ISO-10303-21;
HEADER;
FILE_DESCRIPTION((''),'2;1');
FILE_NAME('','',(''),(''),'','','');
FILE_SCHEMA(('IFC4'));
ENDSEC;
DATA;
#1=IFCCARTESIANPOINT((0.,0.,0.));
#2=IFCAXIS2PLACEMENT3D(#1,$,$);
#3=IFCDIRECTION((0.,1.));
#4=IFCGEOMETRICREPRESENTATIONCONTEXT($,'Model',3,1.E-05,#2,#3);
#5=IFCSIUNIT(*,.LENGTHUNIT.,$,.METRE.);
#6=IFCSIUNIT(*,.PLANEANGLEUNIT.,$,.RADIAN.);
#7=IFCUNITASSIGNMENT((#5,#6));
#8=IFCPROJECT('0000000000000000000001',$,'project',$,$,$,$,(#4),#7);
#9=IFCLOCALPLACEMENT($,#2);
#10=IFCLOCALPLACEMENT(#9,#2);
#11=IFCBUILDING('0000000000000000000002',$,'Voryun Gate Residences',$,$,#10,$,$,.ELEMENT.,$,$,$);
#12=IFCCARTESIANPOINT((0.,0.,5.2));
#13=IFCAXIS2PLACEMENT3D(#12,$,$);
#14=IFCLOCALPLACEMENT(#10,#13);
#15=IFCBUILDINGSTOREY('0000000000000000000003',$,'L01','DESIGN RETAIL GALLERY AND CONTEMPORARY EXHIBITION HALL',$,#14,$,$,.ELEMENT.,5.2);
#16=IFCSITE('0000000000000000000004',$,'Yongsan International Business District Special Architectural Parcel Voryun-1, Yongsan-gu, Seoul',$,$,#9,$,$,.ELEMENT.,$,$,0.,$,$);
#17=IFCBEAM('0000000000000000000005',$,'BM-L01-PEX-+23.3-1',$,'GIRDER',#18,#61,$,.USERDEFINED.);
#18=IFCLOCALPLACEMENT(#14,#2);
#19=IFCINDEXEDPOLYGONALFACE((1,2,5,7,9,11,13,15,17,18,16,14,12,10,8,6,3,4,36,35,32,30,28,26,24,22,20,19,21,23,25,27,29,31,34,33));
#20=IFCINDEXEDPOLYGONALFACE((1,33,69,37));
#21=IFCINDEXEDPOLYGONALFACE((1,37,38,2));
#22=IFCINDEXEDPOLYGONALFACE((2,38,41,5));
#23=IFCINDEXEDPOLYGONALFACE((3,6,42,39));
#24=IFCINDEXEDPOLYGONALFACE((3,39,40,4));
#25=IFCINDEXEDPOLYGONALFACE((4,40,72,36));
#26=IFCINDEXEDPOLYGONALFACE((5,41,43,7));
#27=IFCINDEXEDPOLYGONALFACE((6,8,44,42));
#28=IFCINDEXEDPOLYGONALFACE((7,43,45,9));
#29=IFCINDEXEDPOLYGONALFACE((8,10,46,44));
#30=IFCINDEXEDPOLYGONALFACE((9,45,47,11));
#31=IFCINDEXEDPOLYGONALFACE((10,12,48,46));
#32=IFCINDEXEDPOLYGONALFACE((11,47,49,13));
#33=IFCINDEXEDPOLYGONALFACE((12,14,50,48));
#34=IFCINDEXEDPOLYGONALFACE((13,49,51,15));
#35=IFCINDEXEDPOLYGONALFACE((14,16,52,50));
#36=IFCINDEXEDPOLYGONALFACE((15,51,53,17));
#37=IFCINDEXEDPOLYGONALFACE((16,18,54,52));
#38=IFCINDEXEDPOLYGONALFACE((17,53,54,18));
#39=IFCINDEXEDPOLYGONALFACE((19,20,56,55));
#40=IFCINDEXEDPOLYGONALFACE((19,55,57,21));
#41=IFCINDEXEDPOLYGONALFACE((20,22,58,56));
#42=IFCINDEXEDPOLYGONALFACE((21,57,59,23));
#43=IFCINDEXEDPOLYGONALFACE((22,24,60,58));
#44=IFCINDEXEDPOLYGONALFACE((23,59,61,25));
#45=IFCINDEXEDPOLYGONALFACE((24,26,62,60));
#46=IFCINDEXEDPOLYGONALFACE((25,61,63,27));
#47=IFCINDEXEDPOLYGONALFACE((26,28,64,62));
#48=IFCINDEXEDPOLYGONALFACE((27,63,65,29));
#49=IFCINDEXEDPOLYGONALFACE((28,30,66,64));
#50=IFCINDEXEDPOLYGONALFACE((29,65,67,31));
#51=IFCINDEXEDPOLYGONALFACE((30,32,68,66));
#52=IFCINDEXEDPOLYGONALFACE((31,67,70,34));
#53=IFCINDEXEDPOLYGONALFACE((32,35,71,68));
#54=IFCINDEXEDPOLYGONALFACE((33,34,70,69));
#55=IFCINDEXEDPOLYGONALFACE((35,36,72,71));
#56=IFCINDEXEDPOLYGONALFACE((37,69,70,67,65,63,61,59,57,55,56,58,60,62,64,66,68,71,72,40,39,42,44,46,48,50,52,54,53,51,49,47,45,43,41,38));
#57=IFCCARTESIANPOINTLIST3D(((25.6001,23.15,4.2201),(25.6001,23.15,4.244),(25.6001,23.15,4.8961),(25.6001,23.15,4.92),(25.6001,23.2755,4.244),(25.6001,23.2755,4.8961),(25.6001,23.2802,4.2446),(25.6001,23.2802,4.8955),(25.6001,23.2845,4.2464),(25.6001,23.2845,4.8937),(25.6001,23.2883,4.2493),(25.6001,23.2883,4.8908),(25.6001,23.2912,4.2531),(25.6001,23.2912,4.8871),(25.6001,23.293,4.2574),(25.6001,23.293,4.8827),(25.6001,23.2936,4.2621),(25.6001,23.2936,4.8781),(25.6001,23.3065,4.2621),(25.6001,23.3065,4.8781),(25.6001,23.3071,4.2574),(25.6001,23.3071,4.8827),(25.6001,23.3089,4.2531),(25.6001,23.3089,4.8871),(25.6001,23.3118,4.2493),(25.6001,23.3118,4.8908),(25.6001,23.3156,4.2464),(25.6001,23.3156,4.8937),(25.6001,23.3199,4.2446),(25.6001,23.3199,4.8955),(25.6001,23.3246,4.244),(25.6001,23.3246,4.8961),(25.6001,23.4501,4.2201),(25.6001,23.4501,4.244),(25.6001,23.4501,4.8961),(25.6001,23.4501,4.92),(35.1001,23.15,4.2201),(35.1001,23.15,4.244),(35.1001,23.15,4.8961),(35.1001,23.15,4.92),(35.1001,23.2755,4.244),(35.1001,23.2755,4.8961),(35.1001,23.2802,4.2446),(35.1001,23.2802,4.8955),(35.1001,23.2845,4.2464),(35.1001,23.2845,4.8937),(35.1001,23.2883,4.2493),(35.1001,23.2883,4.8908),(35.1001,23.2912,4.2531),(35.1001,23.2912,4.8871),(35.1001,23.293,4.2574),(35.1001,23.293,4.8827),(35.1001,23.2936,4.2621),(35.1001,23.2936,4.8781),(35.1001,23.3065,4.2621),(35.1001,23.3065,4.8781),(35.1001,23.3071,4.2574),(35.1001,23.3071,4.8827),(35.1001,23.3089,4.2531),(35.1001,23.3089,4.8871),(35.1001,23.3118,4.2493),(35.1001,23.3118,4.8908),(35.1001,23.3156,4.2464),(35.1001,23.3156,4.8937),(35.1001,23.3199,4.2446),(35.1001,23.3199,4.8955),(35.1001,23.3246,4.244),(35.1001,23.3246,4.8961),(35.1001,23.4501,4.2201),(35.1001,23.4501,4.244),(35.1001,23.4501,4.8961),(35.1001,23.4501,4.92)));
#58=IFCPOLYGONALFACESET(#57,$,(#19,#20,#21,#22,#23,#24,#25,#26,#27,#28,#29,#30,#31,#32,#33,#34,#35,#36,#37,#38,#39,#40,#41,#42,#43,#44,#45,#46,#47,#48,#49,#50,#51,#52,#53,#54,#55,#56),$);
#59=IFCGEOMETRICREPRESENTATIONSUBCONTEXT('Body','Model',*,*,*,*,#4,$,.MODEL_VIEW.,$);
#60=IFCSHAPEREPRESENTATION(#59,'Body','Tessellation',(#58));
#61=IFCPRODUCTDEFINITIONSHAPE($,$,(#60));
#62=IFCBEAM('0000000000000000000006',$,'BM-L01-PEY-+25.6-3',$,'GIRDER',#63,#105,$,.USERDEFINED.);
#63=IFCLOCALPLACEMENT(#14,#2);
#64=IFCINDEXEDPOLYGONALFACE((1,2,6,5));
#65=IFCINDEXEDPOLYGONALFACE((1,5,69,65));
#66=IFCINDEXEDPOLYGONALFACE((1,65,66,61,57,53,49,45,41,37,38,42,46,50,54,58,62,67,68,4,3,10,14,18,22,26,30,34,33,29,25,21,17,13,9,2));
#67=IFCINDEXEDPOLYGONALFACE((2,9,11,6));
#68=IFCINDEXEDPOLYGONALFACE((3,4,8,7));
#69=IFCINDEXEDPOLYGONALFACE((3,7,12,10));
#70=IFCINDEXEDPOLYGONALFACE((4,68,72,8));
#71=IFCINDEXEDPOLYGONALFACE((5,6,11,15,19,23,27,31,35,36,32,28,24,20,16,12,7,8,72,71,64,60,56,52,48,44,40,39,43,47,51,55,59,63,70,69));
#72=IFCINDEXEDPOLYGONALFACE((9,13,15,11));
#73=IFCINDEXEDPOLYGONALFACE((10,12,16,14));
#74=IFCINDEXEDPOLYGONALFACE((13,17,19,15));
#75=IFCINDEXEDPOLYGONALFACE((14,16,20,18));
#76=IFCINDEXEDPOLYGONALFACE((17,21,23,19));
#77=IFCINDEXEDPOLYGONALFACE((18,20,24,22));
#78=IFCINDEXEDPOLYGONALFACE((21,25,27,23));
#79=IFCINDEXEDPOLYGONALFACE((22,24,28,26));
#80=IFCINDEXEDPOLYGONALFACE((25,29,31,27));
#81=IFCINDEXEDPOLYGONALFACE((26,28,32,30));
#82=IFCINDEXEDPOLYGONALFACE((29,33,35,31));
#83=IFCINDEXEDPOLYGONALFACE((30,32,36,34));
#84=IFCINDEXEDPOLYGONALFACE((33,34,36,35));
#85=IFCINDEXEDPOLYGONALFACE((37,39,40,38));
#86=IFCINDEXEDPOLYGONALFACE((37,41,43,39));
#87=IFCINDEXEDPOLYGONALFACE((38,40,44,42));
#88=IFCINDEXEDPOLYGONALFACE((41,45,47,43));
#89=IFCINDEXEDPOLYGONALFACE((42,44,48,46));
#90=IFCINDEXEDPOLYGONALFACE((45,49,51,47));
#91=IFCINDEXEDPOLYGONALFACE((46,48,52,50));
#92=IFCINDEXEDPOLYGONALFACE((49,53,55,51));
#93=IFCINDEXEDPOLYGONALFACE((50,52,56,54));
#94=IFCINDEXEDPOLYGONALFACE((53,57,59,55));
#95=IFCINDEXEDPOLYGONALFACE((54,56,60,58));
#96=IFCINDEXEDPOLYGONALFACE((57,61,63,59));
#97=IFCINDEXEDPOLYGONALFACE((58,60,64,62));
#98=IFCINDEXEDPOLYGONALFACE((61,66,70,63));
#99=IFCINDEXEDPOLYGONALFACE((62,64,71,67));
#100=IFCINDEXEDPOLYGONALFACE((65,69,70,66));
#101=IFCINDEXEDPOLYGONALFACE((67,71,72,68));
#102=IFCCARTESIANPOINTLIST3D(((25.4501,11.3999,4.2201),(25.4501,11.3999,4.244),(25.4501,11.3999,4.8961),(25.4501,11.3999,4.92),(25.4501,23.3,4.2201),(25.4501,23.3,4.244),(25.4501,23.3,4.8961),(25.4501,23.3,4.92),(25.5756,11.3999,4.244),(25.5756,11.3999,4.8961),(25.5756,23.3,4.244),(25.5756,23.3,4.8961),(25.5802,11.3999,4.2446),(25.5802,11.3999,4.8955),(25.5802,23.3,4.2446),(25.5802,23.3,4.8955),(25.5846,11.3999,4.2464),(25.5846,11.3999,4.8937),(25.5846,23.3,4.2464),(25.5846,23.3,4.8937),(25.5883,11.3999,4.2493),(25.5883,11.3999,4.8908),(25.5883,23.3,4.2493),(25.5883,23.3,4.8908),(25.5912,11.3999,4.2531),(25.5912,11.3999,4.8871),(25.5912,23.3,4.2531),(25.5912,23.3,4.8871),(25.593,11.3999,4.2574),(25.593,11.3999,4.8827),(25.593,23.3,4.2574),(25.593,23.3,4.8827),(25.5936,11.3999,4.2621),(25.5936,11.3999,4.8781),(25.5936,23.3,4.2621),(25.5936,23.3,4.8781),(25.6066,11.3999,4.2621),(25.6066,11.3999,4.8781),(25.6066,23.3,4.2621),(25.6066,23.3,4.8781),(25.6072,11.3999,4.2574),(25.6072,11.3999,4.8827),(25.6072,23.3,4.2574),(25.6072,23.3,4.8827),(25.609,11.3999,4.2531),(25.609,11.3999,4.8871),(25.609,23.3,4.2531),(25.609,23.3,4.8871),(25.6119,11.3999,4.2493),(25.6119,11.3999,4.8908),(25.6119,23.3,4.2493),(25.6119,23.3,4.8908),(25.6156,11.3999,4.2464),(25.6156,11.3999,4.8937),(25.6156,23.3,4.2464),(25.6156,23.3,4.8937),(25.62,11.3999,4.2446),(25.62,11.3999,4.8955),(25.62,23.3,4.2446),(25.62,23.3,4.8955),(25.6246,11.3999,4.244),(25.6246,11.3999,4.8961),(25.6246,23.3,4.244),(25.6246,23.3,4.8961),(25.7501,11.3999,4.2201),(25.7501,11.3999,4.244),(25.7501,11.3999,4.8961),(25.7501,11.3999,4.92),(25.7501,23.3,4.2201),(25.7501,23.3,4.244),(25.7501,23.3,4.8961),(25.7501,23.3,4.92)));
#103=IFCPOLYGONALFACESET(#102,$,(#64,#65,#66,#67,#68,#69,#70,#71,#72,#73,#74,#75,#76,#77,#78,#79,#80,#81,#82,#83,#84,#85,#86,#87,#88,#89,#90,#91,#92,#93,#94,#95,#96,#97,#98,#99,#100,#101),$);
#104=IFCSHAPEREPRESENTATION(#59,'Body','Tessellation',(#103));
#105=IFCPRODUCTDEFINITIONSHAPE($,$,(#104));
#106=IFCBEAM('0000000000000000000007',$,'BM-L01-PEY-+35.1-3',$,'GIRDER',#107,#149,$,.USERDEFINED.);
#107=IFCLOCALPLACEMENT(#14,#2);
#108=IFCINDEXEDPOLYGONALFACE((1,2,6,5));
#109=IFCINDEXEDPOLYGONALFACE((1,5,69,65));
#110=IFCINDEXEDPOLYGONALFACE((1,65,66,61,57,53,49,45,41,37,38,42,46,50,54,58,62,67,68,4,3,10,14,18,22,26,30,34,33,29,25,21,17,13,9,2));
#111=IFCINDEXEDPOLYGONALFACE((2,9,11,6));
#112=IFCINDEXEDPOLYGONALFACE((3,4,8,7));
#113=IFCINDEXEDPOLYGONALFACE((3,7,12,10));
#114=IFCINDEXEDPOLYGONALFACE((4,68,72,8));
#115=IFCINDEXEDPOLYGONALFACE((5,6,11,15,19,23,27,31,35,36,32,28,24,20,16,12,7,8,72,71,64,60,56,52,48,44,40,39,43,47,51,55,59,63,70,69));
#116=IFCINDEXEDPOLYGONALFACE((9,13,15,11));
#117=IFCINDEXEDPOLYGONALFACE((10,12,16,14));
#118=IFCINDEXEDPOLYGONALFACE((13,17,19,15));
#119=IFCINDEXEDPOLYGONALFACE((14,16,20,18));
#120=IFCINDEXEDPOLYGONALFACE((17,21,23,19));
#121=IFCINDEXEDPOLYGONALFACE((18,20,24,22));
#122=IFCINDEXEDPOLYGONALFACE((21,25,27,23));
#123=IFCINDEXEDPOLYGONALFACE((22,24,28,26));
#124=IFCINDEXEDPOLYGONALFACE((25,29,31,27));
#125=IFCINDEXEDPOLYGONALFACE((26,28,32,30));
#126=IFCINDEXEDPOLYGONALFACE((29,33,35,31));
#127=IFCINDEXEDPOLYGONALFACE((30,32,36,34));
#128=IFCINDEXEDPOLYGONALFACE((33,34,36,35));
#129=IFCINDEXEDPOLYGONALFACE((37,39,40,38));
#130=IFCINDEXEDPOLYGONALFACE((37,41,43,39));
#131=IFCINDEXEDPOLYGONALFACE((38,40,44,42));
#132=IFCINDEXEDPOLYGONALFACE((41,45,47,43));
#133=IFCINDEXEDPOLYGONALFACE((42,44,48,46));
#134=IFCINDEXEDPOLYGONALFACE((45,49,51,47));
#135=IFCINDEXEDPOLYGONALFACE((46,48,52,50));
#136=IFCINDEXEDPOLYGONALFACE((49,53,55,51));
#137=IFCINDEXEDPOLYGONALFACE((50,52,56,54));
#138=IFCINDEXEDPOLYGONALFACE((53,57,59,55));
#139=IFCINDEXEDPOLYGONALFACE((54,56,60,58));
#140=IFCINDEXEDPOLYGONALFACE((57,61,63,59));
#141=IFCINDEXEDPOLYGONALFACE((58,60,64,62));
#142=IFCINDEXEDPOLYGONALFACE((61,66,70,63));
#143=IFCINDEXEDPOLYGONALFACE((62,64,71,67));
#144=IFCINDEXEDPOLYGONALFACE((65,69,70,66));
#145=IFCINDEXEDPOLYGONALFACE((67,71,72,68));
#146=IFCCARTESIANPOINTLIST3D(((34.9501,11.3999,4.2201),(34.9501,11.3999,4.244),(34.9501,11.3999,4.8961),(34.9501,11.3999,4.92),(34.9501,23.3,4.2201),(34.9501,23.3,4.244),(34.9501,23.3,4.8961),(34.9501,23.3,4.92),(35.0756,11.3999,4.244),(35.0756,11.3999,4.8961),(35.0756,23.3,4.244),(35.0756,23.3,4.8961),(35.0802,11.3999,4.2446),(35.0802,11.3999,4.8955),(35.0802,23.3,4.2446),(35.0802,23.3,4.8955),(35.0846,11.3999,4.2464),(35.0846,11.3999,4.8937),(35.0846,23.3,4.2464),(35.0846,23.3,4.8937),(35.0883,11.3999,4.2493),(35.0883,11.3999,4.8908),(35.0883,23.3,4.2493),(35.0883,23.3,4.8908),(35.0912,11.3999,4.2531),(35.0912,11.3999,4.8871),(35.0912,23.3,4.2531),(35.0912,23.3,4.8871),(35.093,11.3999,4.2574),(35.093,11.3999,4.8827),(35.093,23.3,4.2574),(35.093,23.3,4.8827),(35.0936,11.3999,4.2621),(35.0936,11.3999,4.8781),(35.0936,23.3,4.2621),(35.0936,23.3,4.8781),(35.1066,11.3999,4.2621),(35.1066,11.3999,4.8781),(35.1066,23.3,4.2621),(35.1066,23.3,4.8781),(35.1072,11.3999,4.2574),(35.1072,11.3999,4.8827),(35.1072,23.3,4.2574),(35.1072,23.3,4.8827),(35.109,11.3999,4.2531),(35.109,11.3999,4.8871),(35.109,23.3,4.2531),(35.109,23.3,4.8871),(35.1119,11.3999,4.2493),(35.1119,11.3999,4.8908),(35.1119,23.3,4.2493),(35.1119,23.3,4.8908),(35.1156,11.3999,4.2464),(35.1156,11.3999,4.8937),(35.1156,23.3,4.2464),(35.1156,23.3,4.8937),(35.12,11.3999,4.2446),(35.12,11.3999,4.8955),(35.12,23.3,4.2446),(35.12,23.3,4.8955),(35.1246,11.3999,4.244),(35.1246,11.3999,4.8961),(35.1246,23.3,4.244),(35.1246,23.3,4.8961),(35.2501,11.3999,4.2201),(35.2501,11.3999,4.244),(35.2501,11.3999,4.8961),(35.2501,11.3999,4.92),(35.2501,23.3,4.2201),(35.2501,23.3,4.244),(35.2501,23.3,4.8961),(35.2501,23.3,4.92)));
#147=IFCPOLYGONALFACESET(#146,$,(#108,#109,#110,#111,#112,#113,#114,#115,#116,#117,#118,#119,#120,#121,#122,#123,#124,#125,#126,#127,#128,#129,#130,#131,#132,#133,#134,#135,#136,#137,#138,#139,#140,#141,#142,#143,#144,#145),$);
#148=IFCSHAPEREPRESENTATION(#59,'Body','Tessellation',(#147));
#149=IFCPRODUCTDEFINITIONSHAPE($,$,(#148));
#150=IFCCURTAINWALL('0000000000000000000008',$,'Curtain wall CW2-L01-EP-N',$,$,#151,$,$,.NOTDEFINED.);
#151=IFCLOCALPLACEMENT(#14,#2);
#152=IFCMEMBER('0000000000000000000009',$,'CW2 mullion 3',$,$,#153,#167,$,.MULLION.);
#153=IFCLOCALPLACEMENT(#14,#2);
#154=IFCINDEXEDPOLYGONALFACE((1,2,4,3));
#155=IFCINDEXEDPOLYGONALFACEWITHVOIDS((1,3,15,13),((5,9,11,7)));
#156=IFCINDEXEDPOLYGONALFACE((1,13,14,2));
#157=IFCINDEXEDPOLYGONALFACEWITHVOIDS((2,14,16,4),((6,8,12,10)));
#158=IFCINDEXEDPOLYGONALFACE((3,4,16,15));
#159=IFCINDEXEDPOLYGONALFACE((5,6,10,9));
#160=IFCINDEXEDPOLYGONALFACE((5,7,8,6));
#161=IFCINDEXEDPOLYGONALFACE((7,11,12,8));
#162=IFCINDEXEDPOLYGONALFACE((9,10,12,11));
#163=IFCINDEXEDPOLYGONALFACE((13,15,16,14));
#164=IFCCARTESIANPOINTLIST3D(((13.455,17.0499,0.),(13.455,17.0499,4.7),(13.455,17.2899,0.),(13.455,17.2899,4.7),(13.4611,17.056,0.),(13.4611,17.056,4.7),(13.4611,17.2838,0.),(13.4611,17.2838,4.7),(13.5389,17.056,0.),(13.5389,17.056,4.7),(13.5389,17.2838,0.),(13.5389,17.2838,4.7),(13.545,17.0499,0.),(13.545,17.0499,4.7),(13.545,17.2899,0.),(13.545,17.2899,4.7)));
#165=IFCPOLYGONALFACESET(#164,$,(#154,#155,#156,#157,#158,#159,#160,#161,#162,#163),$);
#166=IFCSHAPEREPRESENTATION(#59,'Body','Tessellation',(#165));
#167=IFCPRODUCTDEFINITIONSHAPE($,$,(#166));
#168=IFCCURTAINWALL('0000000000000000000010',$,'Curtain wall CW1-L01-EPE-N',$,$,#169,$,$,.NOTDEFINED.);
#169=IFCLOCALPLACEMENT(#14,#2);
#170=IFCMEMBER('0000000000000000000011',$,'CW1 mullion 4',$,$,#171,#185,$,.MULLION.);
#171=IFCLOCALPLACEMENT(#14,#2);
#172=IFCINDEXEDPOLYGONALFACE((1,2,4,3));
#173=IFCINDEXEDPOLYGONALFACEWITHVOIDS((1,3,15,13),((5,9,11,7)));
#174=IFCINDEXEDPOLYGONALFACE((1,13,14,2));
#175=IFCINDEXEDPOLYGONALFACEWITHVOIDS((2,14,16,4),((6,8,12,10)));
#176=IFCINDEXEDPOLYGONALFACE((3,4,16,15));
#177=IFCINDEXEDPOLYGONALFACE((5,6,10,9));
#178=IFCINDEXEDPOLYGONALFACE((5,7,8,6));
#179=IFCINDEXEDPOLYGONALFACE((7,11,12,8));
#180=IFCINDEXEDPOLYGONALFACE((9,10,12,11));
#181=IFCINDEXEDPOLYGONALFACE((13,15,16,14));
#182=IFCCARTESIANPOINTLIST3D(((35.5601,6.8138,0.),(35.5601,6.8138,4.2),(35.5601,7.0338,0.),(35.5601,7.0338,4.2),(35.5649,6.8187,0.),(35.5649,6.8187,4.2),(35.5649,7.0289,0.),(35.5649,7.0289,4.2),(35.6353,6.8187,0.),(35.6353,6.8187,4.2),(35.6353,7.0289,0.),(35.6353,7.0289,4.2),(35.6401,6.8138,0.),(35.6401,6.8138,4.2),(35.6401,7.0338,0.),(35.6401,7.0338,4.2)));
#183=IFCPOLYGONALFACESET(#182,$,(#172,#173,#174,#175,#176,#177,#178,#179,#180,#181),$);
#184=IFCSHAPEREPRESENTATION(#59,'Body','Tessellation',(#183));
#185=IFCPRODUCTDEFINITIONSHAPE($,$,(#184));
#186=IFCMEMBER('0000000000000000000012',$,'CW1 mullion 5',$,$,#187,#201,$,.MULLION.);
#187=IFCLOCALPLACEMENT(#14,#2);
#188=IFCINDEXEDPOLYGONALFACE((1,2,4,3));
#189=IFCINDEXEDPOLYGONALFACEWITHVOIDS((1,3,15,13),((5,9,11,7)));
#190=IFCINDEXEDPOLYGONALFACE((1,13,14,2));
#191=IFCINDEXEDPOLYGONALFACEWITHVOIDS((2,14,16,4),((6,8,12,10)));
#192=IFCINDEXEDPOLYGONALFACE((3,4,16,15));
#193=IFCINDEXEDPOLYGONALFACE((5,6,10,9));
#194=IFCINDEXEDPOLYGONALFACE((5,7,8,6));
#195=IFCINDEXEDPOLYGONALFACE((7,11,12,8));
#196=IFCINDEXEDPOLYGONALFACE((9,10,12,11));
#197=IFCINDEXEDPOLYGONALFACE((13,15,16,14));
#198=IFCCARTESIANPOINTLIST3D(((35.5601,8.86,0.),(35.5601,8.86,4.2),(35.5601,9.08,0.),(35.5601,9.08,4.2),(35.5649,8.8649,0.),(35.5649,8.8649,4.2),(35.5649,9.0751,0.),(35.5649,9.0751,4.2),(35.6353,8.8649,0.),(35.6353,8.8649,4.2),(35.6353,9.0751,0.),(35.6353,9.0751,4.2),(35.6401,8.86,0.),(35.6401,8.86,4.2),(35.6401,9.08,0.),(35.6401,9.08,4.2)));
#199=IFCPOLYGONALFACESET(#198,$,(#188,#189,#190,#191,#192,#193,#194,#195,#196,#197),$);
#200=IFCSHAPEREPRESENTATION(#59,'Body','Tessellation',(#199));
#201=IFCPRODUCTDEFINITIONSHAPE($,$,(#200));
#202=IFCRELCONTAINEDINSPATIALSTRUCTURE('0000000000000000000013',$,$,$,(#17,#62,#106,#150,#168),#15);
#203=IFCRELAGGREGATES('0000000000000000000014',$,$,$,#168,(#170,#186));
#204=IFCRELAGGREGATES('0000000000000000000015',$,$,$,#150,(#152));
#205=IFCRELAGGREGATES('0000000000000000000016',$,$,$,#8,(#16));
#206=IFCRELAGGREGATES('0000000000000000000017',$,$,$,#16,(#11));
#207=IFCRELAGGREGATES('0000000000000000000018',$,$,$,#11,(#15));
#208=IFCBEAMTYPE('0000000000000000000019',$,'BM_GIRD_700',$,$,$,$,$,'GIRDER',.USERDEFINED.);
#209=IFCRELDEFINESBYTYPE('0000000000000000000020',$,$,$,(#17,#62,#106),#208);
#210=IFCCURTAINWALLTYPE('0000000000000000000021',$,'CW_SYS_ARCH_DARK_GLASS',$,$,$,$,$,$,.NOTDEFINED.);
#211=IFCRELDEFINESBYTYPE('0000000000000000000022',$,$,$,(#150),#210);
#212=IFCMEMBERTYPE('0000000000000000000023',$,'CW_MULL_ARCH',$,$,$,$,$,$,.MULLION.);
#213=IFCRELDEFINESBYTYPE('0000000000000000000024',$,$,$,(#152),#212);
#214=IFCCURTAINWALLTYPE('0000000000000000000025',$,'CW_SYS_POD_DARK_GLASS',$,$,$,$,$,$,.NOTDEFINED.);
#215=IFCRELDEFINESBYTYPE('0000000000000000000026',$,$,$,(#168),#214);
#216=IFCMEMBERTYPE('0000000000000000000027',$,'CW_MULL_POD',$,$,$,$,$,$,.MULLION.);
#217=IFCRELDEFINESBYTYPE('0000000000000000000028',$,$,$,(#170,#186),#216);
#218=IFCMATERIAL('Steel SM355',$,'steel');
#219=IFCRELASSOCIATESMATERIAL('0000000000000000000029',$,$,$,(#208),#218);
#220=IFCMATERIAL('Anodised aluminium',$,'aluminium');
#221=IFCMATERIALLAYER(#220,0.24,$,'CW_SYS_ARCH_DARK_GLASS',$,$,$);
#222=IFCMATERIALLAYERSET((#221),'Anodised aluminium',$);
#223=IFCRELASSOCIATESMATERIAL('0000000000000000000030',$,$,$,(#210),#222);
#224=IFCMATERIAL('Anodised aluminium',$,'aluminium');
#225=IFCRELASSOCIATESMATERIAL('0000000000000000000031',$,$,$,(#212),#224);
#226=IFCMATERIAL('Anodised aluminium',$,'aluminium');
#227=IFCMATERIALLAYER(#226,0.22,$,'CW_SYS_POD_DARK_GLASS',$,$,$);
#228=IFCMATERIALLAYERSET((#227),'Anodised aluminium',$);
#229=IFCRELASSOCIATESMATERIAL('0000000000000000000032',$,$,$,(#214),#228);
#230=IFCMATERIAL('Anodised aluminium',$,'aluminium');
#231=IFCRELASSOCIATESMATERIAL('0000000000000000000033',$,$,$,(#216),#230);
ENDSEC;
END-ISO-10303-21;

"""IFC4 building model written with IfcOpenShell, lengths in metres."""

from ifc_helpers import new_model, si_unit, direction, frame, origin, origin_2d, place, context, subcontext, project, spatial, hollow_rectangle, i_section, extrude, material, layer, layer_set, material_profile, profile_set, type_object, element, aggregate, save


model = new_model("IFC4")

# Units and contexts
model_context = context("Model", 3, precision=1e-05, world=origin(), true_north=direction((0.0, 1.0)))
body_context = subcontext(model_context, "Body", "Model", "MODEL_VIEW")
ifc_project = project(units=[si_unit("LENGTHUNIT", "METRE"), si_unit("PLANEANGLEUNIT", "RADIAN")], contexts=[model_context])

# Site, building, storey
site_placement = place(None, origin())
site = spatial("IfcSite", under=ifc_project, at=site_placement, Name="Yongsan International Business District Special Architectural Parcel Voryun-1, Yongsan-gu, Seoul", CompositionType="ELEMENT", RefElevation=0.0)
building_placement = place(site_placement, origin())
building = spatial("IfcBuilding", under=site, at=building_placement, Name="Voryun Gate Residences", CompositionType="ELEMENT")
storey_placement = place(building_placement, frame((0.0, 0.0, 5.2)))
storey = spatial("IfcBuildingStorey", under=building, at=storey_placement, Name="L01", Description="DESIGN RETAIL GALLERY AND CONTEMPORARY EXHIBITION HALL", CompositionType="ELEMENT", Elevation=5.2)

# Beams
ifc_material_1 = material(Name="Steel SM355", Category="steel")
ifc_material_profile_1 = material_profile(ifc_material_1, i_section(OverallWidth=0.3, OverallDepth=0.7, WebThickness=0.0129, FlangeThickness=0.0239, FilletRadius=0.0181, at=origin_2d()), Name="H-700x300x13x24")
ifc_profile_set_1 = profile_set([ifc_material_profile_1], Name="Steel SM355")
beam_type = type_object("IfcBeamType", Name="BM_GIRD_700", ElementType="GIRDER", PredefinedType="USERDEFINED", material=ifc_profile_set_1)
beam_1_placement = place(storey_placement, frame((25.6001, 23.3, 4.5701), z_axis=(1.0, 0.0, 0.0), x_axis=(0.0, 1.0, 0.0)))
element("IfcBeam", 1, at=beam_1_placement, inside=storey, type_object=beam_type, Name="BM-L01-PEX-+23.3-1", ObjectType="GIRDER", PredefinedType="USERDEFINED", context=body_context, shape_type="SweptSolid", body=[
    extrude(i_section(OverallWidth=0.3, OverallDepth=0.7, WebThickness=0.0129, FlangeThickness=0.0239, FilletRadius=0.0181, at=origin_2d()), origin(), (0.0, 0.0, 1.0), 9.5),
])
for number, where, z_axis, x_axis, name in (
    (2, (25.6001, 11.3999, 4.5701), (0.0, 1.0, 0.0), (-1.0, 0.0, 0.0), "BM-L01-PEY-+25.6-3"),
    (3, (35.1001, 11.3999, 4.5701), (0.0, 1.0, 0.0), (-1.0, 0.0, 0.0), "BM-L01-PEY-+35.1-3"),
):
    element("IfcBeam", number, at=place(storey_placement, frame(where, z_axis=z_axis, x_axis=x_axis)), inside=storey, type_object=beam_type, Name=name, ObjectType="GIRDER", PredefinedType="USERDEFINED", context=body_context, shape_type="SweptSolid", body=[
        extrude(i_section(OverallWidth=0.3, OverallDepth=0.7, WebThickness=0.0129, FlangeThickness=0.0239, FilletRadius=0.0181, at=origin_2d()), origin(), (0.0, 0.0, 1.0), 11.9001),
    ])

# Curtain wall, member
ifc_material_2 = material(Name="Anodised aluminium", Category="aluminium")
ifc_layer_1 = layer(ifc_material_2, 0.24, Name="CW_SYS_ARCH_DARK_GLASS")
ifc_layer_set_1 = layer_set([ifc_layer_1], Name="Anodised aluminium")
curtain_wall_type_1 = type_object("IfcCurtainWallType", Name="CW_SYS_ARCH_DARK_GLASS", PredefinedType="NOTDEFINED", material=ifc_layer_set_1)
curtain_wall_1_placement = place(storey_placement, origin())
curtain_wall_1 = element("IfcCurtainWall", 4, at=curtain_wall_1_placement, inside=storey, type_object=curtain_wall_type_1, Name="Curtain wall CW2-L01-EP-N", PredefinedType="NOTDEFINED")
ifc_material_3 = material(Name="Anodised aluminium", Category="aluminium")
ifc_material_profile_2 = material_profile(ifc_material_3, hollow_rectangle(XDim=0.0901, YDim=0.24, WallThickness=0.0061, at=origin_2d()), Name="ALU-MULL-240x90x6")
ifc_profile_set_2 = profile_set([ifc_material_profile_2], Name="Anodised aluminium")
member_type_1 = type_object("IfcMemberType", Name="CW_MULL_ARCH", PredefinedType="MULLION", material=ifc_profile_set_2)
member_1_placement = place(storey_placement, frame((13.5, 17.1699, 0.0), z_axis=(0.0, 0.0, 1.0), x_axis=(-1.0, 0.0, 0.0)))
member_1 = element("IfcMember", 5, at=member_1_placement, type_object=member_type_1, Name="CW2 mullion 3", PredefinedType="MULLION", context=body_context, shape_type="SweptSolid", body=[
    extrude(hollow_rectangle(XDim=0.0901, YDim=0.24, WallThickness=0.0061, at=origin_2d()), origin(), (0.0, 0.0, 1.0), 4.7),
])

# Curtain wall, members
ifc_material_4 = material(Name="Anodised aluminium", Category="aluminium")
ifc_layer_2 = layer(ifc_material_4, 0.22, Name="CW_SYS_POD_DARK_GLASS")
ifc_layer_set_2 = layer_set([ifc_layer_2], Name="Anodised aluminium")
curtain_wall_type_2 = type_object("IfcCurtainWallType", Name="CW_SYS_POD_DARK_GLASS", PredefinedType="NOTDEFINED", material=ifc_layer_set_2)
curtain_wall_2_placement = place(storey_placement, origin())
curtain_wall_2 = element("IfcCurtainWall", 6, at=curtain_wall_2_placement, inside=storey, type_object=curtain_wall_type_2, Name="Curtain wall CW1-L01-EPE-N", PredefinedType="NOTDEFINED")
ifc_material_5 = material(Name="Anodised aluminium", Category="aluminium")
ifc_material_profile_3 = material_profile(ifc_material_5, hollow_rectangle(XDim=0.0801, YDim=0.22, WallThickness=0.0049, at=origin_2d()), Name="ALU-MULL-220x80x5")
ifc_profile_set_3 = profile_set([ifc_material_profile_3], Name="Anodised aluminium")
member_type_2 = type_object("IfcMemberType", Name="CW_MULL_POD", PredefinedType="MULLION", material=ifc_profile_set_3)
member_2_placement = place(storey_placement, frame((35.6001, 6.9238, 0.0), z_axis=(0.0, 0.0, 1.0), x_axis=(-1.0, 0.0, 0.0)))
member_2 = element("IfcMember", 7, at=member_2_placement, type_object=member_type_2, Name="CW1 mullion 4", PredefinedType="MULLION", context=body_context, shape_type="SweptSolid", body=[
    extrude(hollow_rectangle(XDim=0.0801, YDim=0.22, WallThickness=0.0049, at=origin_2d()), origin(), (0.0, 0.0, 1.0), 4.2),
])
member_3_placement = place(storey_placement, frame((35.6001, 8.97, 0.0), z_axis=(0.0, 0.0, 1.0), x_axis=(-1.0, 0.0, 0.0)))
member_3 = element("IfcMember", 8, at=member_3_placement, type_object=member_type_2, Name="CW1 mullion 5", PredefinedType="MULLION", context=body_context, shape_type="SweptSolid", body=[
    extrude(hollow_rectangle(XDim=0.0801, YDim=0.22, WallThickness=0.0049, at=origin_2d()), origin(), (0.0, 0.0, 1.0), 4.2),
])
aggregate(curtain_wall_2, [member_2, member_3])

aggregate(curtain_wall_1, [member_1])

save(model, "model.ifc")
